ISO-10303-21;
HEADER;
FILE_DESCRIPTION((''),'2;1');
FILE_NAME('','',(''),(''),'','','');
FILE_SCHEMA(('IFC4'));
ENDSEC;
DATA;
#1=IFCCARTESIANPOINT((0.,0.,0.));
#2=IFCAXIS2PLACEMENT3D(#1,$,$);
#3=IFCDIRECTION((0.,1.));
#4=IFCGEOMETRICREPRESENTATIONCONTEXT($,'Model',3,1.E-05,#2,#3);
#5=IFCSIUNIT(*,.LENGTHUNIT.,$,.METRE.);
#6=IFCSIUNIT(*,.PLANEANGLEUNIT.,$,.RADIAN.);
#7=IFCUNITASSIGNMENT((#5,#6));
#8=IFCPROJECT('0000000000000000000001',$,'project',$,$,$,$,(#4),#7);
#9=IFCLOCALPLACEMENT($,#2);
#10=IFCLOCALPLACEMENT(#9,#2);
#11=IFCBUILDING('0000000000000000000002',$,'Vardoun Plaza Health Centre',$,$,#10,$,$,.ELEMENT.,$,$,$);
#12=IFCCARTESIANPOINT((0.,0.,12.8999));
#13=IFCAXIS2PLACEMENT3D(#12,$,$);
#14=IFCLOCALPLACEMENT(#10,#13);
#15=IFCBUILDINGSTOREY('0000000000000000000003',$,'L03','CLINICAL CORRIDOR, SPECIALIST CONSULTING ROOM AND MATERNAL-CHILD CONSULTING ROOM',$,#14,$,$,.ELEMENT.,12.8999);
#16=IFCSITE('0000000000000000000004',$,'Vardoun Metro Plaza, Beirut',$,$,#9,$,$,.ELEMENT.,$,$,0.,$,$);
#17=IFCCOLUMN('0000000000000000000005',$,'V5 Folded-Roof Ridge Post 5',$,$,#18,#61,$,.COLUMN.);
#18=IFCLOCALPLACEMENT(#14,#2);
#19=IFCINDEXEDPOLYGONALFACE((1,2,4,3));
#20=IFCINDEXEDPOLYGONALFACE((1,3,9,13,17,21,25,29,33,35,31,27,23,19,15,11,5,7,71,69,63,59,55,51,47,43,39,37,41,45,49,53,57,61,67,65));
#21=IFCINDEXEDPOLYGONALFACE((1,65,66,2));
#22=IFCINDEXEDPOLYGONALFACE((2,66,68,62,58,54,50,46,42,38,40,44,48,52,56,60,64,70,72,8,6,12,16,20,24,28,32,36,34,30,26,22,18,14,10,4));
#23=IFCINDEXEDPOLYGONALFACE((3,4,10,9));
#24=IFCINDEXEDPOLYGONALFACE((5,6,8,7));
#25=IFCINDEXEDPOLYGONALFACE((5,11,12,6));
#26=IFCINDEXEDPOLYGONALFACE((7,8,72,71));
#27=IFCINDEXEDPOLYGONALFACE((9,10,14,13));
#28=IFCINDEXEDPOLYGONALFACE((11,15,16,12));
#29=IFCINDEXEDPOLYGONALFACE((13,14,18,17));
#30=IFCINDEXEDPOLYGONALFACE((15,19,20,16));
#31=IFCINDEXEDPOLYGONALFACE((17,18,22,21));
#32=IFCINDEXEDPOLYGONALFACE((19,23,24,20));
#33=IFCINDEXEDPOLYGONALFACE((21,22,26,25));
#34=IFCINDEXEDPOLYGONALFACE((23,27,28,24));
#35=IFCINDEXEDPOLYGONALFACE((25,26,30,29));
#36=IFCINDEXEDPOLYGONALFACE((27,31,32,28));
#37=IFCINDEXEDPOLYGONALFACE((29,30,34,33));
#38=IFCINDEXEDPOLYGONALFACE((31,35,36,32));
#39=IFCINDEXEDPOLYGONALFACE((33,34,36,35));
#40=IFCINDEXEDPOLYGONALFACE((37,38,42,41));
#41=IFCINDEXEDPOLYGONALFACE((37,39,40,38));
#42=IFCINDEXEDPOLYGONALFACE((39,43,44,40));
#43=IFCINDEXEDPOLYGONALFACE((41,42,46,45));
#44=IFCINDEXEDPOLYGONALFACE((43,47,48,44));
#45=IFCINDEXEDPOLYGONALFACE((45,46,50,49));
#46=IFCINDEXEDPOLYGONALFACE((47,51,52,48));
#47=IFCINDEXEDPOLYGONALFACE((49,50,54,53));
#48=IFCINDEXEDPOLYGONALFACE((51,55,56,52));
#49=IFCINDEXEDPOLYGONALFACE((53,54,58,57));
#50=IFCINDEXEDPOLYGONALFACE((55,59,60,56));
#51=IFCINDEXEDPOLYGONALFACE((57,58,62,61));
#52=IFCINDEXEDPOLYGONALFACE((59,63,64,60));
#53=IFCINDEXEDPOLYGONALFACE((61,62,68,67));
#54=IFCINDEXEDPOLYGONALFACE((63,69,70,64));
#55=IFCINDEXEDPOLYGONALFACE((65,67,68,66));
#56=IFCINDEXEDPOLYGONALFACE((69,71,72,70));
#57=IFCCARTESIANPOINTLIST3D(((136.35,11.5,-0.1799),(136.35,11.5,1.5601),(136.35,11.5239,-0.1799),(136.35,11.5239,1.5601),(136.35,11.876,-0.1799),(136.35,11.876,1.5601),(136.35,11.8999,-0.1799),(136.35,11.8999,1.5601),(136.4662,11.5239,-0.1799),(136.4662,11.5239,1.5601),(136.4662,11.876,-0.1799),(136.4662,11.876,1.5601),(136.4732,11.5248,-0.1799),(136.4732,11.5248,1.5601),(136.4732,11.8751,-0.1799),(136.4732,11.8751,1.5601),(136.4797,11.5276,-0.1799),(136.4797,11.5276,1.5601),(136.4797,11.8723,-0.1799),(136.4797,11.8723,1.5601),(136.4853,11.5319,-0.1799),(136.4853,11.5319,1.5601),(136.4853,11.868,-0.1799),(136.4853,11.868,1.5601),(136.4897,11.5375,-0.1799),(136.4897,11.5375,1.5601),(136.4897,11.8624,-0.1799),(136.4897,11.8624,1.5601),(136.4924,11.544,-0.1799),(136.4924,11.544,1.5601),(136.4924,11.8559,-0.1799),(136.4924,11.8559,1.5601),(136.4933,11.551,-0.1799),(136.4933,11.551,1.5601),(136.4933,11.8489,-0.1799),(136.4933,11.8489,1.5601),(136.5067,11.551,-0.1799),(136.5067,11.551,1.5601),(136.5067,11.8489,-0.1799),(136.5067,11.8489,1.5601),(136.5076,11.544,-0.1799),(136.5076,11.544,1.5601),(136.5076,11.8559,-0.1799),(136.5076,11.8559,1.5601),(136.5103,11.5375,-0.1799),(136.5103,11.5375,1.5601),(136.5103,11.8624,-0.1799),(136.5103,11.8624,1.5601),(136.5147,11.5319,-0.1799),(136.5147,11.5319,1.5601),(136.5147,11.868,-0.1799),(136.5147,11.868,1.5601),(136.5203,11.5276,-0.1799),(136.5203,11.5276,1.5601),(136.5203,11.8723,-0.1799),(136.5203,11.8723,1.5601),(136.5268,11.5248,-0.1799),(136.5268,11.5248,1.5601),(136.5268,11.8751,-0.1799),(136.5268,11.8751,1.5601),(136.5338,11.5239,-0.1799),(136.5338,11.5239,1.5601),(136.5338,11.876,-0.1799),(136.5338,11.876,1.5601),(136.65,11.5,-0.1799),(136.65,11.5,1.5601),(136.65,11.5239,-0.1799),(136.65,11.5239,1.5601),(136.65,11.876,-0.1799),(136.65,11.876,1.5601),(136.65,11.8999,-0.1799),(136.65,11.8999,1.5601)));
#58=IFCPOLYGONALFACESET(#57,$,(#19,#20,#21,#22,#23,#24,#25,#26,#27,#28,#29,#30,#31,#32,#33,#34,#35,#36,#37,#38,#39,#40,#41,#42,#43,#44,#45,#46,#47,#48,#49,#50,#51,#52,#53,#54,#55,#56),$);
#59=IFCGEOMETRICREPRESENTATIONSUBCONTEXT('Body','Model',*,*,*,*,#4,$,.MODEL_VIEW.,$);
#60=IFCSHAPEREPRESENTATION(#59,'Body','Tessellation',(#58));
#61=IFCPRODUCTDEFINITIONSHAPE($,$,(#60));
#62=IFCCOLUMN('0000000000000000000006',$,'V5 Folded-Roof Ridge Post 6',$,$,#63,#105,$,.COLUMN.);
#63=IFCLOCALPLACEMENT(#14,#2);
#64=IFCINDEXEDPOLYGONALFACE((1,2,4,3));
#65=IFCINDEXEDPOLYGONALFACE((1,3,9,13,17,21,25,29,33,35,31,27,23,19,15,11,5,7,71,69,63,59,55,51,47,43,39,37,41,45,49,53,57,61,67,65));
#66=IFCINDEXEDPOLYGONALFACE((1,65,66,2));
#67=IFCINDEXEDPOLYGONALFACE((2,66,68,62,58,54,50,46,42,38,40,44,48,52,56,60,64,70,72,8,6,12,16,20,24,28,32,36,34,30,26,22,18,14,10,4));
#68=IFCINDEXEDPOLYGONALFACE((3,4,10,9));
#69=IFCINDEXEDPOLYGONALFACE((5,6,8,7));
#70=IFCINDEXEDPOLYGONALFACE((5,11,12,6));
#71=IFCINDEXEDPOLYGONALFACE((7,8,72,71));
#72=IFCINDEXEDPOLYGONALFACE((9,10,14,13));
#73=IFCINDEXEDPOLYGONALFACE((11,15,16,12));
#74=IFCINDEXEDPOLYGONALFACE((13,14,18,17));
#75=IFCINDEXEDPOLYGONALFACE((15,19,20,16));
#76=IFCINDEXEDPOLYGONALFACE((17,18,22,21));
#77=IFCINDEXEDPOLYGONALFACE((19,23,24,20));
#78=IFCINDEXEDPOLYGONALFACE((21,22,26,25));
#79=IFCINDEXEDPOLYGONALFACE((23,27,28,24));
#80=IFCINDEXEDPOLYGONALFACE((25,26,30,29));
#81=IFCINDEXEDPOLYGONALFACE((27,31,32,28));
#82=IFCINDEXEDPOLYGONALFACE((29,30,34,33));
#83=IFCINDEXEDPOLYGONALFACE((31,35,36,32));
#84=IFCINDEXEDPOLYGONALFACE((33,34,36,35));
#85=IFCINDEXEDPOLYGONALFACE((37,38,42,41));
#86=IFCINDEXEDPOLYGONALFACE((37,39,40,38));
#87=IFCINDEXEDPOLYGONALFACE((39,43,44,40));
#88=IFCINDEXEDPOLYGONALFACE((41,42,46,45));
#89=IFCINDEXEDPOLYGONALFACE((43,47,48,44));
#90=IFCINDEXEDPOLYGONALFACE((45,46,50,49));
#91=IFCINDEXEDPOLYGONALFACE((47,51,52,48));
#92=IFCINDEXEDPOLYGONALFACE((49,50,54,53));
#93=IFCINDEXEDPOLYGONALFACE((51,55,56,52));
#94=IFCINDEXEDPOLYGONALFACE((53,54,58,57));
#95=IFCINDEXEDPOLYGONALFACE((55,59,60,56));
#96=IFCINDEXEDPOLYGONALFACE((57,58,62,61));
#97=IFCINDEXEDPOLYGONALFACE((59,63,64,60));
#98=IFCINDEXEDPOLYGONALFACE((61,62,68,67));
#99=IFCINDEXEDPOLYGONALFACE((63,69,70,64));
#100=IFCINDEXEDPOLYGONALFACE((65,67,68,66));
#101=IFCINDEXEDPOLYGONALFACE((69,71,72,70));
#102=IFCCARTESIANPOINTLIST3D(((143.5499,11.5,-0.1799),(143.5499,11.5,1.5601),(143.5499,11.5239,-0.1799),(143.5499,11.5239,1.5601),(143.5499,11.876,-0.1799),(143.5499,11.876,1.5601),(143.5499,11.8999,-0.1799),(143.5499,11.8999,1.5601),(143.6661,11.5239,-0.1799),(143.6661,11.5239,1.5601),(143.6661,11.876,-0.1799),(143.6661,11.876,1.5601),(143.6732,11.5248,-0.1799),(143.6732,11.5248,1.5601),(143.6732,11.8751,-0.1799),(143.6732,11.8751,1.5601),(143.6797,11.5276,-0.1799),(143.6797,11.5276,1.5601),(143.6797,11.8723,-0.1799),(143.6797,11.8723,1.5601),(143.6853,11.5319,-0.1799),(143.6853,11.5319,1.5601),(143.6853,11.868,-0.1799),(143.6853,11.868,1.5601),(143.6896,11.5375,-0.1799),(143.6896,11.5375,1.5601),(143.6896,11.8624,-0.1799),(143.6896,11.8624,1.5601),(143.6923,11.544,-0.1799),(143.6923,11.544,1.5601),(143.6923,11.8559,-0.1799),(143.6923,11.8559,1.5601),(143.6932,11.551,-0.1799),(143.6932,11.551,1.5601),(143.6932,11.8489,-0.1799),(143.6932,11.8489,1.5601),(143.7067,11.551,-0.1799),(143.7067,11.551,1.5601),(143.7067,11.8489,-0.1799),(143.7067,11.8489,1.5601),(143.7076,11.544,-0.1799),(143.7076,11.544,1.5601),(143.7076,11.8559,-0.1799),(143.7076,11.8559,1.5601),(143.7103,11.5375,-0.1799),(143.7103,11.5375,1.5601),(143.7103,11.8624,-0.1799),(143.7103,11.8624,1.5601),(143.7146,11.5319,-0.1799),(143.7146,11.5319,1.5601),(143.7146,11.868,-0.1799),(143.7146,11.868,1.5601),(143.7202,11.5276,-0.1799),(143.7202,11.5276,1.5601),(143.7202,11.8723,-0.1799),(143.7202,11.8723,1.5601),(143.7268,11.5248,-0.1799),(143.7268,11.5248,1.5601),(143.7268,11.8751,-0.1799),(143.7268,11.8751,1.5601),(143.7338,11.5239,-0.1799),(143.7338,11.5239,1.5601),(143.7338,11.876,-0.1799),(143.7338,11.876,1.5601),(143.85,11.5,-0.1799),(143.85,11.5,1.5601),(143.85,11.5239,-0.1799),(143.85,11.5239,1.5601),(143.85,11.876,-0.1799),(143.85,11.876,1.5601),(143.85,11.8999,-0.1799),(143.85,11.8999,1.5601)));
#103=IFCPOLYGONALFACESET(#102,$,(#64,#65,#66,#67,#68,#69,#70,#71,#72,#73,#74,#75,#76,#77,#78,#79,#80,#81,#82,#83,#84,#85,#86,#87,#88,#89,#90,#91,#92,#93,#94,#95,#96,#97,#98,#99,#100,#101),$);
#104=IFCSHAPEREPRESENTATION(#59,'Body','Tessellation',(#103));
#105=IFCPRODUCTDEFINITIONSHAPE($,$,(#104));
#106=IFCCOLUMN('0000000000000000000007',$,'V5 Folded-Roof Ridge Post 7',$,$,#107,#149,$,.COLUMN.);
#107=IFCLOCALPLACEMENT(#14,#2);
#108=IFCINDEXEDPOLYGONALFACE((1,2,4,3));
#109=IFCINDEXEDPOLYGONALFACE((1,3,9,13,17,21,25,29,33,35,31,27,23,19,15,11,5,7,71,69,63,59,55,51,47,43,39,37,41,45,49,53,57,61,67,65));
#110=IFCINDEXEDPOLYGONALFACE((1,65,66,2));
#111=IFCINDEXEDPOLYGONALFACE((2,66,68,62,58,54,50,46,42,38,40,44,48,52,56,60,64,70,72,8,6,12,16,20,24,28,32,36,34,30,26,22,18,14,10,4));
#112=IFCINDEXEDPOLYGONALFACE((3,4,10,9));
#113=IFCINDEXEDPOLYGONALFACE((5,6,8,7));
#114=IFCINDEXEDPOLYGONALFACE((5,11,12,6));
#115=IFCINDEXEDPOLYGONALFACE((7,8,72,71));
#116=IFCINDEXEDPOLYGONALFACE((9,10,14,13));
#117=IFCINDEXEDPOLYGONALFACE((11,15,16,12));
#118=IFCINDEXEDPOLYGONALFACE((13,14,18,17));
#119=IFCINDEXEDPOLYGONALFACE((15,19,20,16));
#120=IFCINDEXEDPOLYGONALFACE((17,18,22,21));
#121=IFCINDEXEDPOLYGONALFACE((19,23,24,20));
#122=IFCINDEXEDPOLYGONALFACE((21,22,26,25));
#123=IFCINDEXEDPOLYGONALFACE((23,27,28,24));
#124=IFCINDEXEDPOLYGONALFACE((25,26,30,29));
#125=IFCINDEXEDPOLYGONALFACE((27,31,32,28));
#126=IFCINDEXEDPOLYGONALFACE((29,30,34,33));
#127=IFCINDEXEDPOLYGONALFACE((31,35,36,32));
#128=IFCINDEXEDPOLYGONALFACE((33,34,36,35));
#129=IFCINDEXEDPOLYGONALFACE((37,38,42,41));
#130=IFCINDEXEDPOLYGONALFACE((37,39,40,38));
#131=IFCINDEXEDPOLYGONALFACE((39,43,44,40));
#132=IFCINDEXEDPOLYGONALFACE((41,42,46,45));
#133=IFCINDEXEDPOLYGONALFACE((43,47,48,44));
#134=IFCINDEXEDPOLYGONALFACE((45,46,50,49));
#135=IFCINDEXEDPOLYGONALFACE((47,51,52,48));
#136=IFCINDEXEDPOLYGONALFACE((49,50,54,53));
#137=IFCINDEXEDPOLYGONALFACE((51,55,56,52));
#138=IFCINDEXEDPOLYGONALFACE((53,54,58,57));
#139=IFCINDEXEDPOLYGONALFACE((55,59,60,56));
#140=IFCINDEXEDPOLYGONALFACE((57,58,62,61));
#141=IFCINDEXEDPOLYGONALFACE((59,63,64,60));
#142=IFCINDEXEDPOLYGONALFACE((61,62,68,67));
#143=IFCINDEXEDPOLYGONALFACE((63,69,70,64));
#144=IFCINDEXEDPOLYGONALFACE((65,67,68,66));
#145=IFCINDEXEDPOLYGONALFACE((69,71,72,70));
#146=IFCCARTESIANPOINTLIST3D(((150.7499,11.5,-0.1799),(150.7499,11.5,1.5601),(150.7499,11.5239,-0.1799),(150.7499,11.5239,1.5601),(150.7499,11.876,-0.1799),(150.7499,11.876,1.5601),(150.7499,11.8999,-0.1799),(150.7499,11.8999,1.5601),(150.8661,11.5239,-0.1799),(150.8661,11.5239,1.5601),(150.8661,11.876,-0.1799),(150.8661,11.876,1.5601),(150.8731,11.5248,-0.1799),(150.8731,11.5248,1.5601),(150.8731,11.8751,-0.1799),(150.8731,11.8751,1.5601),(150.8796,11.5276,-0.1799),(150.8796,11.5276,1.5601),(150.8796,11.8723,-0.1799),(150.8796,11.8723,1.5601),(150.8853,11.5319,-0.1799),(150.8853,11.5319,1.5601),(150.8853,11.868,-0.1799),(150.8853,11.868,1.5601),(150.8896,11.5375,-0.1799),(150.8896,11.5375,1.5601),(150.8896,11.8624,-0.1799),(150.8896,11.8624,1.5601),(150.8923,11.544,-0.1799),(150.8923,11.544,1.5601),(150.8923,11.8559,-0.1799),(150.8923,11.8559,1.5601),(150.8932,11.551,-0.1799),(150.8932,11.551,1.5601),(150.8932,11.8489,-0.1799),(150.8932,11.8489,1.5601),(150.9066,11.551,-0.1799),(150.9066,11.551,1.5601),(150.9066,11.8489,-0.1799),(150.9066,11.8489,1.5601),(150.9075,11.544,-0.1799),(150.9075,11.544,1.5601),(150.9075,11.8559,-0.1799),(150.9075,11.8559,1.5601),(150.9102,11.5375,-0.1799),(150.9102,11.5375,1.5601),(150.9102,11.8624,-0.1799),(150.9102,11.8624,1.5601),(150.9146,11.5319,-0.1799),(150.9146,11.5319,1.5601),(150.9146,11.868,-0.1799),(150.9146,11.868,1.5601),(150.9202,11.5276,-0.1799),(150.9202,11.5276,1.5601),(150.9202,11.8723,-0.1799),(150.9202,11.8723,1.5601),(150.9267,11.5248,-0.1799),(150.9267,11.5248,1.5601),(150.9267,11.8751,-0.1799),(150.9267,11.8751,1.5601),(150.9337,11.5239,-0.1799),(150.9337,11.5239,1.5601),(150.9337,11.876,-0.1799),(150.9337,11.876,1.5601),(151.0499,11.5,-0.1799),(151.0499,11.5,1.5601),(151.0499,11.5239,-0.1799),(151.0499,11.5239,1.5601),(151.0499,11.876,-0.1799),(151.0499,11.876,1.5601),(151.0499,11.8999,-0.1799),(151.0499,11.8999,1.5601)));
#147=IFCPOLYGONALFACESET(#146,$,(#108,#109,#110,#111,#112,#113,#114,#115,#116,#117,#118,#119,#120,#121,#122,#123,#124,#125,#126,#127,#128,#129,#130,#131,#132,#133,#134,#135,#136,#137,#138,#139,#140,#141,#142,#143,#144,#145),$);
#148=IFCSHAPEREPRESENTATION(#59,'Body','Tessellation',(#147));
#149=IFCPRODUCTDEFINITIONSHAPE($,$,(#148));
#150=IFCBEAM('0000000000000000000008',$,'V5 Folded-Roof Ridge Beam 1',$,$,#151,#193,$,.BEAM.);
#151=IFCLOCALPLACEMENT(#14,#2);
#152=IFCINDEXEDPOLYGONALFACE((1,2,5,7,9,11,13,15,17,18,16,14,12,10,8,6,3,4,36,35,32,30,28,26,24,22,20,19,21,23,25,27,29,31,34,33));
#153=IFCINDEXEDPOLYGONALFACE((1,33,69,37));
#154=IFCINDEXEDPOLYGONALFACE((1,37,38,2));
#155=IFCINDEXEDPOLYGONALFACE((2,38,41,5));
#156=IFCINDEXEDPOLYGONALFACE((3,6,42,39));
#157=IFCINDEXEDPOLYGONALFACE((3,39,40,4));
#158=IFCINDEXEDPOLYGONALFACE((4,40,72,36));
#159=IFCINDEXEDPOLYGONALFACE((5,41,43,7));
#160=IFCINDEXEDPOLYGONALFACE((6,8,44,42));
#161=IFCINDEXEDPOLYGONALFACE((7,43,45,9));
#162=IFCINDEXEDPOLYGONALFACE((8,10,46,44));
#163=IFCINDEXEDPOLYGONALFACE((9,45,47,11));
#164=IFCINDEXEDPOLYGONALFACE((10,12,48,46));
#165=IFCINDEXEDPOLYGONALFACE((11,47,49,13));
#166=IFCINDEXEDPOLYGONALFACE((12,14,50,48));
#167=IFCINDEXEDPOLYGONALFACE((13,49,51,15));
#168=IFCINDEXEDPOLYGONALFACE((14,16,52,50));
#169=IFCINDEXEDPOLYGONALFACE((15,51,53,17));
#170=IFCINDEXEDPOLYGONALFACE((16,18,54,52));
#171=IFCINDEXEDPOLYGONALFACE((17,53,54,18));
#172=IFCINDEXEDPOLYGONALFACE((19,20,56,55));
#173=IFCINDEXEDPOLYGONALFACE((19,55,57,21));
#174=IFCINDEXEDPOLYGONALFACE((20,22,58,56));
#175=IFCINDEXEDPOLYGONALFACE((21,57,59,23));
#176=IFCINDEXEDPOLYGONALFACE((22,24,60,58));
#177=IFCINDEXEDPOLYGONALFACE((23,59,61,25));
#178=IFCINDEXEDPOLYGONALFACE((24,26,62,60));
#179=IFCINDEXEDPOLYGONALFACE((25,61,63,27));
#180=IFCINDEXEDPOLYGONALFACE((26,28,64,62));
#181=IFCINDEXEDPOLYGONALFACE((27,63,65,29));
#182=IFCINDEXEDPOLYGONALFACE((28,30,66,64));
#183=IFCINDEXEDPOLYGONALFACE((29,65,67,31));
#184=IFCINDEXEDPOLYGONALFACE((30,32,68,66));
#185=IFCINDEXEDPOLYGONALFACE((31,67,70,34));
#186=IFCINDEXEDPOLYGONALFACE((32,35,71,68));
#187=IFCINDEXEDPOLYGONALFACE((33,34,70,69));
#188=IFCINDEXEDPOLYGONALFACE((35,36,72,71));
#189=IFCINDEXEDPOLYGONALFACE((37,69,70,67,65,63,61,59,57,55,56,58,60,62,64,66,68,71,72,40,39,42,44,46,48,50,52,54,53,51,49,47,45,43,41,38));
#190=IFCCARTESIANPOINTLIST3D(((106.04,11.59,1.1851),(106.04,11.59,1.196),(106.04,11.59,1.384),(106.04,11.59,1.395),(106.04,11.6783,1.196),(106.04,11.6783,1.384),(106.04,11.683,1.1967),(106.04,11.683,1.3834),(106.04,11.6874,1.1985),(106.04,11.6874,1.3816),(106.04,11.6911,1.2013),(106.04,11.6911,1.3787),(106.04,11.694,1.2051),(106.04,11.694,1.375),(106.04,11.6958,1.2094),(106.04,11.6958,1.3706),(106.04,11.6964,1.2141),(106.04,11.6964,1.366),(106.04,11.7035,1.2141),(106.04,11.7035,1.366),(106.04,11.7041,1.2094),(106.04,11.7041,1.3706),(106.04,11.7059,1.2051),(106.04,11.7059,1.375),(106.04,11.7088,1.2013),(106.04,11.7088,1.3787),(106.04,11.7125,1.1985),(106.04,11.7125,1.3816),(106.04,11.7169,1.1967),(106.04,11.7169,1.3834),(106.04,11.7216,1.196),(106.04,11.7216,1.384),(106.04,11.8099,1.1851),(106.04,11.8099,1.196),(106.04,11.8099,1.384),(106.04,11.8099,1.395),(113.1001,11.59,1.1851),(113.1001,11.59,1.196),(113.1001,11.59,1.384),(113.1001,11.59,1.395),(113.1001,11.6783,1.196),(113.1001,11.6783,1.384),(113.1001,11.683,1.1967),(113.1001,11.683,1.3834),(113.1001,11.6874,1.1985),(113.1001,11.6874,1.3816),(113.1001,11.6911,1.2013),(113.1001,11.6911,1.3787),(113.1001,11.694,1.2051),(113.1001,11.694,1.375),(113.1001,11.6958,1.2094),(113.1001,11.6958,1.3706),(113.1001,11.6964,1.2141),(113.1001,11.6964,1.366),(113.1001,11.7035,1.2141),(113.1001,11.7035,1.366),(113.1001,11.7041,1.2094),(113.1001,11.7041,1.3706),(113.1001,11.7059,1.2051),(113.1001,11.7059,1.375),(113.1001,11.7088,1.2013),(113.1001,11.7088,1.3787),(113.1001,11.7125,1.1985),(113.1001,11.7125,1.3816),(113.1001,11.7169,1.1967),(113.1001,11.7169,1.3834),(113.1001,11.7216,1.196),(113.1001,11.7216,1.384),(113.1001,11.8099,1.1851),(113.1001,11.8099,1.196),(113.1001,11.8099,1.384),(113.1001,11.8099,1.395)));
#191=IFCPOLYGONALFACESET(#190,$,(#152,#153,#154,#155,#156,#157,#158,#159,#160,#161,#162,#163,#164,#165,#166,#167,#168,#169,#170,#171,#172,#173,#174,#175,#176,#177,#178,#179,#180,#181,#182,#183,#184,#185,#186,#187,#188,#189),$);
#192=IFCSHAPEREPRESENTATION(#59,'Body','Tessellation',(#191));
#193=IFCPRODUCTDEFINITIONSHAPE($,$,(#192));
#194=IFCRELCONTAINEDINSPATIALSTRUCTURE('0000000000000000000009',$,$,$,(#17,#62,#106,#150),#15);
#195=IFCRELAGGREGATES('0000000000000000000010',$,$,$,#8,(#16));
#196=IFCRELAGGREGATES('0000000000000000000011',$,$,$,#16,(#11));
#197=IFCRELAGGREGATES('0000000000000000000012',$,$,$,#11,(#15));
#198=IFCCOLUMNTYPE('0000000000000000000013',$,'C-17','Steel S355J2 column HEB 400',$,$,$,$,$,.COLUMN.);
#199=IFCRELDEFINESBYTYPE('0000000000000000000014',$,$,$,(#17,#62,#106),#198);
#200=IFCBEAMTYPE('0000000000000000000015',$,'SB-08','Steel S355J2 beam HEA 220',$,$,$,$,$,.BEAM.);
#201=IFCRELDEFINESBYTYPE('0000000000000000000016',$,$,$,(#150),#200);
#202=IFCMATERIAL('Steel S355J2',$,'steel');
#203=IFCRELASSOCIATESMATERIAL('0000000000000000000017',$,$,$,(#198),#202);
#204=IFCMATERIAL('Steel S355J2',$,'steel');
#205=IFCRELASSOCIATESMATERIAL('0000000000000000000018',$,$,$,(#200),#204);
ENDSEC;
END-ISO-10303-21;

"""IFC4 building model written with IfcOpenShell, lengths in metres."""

from ifc_helpers import new_model, si_unit, direction, frame, origin, origin_2d, place, context, subcontext, project, spatial, i_section, extrude, material, material_profile, profile_set, type_object, element, save


model = new_model("IFC4")

# Units and contexts
model_context = context("Model", 3, precision=1e-05, world=origin(), true_north=direction((0.0, 1.0)))
body_context = subcontext(model_context, "Body", "Model", "MODEL_VIEW")
ifc_project = project(units=[si_unit("LENGTHUNIT", "METRE"), si_unit("PLANEANGLEUNIT", "RADIAN")], contexts=[model_context])

# Site, building, storey
site_placement = place(None, origin())
site = spatial("IfcSite", under=ifc_project, at=site_placement, Name="Vardoun Metro Plaza, Beirut", CompositionType="ELEMENT", RefElevation=0.0)
building_placement = place(site_placement, origin())
building = spatial("IfcBuilding", under=site, at=building_placement, Name="Vardoun Plaza Health Centre", CompositionType="ELEMENT")
storey_placement = place(building_placement, frame((0.0, 0.0, 12.8999)))
storey = spatial("IfcBuildingStorey", under=building, at=storey_placement, Name="L03", Description="CLINICAL CORRIDOR, SPECIALIST CONSULTING ROOM AND MATERNAL-CHILD CONSULTING ROOM", CompositionType="ELEMENT", Elevation=12.8999)

# Columns
ifc_material_1 = material(Name="Steel S355J2", Category="steel")
ifc_material_profile_1 = material_profile(ifc_material_1, i_section(OverallWidth=0.3, OverallDepth=0.3999, WebThickness=0.0134, FlangeThickness=0.0239, FilletRadius=0.0271, at=origin_2d()), Name="HEB 400")
ifc_profile_set_1 = profile_set([ifc_material_profile_1], Name="Steel S355J2")
column_type = type_object("IfcColumnType", Name="C-17", Description="Steel S355J2 column HEB 400", PredefinedType="COLUMN", material=ifc_profile_set_1)
for number, where, z_axis, x_axis, name in (
    (1, (136.5, 11.7, -0.1799), (0.0, 0.0, 1.0), (1.0, 0.0, 0.0), "V5 Folded-Roof Ridge Post 5"),
    (2, (143.7, 11.7, -0.1799), (0.0, 0.0, 1.0), (1.0, 0.0, 0.0), "V5 Folded-Roof Ridge Post 6"),
    (3, (150.8999, 11.7, -0.1799), (0.0, 0.0, 1.0), (1.0, 0.0, 0.0), "V5 Folded-Roof Ridge Post 7"),
):
    element("IfcColumn", number, at=place(storey_placement, frame(where, z_axis=z_axis, x_axis=x_axis)), inside=storey, type_object=column_type, Name=name, PredefinedType="COLUMN", context=body_context, shape_type="SweptSolid", body=[
        extrude(i_section(OverallWidth=0.3, OverallDepth=0.3999, WebThickness=0.0134, FlangeThickness=0.0239, FilletRadius=0.0271, at=origin_2d()), origin(), (0.0, 0.0, 1.0), 1.74),
    ])

# Beam
ifc_material_2 = material(Name="Steel S355J2", Category="steel")
ifc_material_profile_2 = material_profile(ifc_material_2, i_section(OverallWidth=0.22, OverallDepth=0.21, WebThickness=0.0071, FlangeThickness=0.011, FilletRadius=0.0181, at=origin_2d()), Name="HEA 220")
ifc_profile_set_2 = profile_set([ifc_material_profile_2], Name="Steel S355J2")
beam_type_1 = type_object("IfcBeamType", Name="SB-08", Description="Steel S355J2 beam HEA 220", PredefinedType="BEAM", material=ifc_profile_set_2)
beam_1_placement = place(storey_placement, frame((106.04, 11.7, 1.29), z_axis=(1.0, 0.0, 0.0), x_axis=(0.0, 1.0, 0.0)))
element("IfcBeam", 4, at=beam_1_placement, inside=storey, type_object=beam_type_1, Name="V5 Folded-Roof Ridge Beam 1", PredefinedType="BEAM", context=body_context, shape_type="SweptSolid", body=[
    extrude(i_section(OverallWidth=0.22, OverallDepth=0.21, WebThickness=0.0071, FlangeThickness=0.011, FilletRadius=0.0181, at=origin_2d()), origin(), (0.0, 0.0, 1.0), 7.0601),
])

save(model, "model.ifc")
